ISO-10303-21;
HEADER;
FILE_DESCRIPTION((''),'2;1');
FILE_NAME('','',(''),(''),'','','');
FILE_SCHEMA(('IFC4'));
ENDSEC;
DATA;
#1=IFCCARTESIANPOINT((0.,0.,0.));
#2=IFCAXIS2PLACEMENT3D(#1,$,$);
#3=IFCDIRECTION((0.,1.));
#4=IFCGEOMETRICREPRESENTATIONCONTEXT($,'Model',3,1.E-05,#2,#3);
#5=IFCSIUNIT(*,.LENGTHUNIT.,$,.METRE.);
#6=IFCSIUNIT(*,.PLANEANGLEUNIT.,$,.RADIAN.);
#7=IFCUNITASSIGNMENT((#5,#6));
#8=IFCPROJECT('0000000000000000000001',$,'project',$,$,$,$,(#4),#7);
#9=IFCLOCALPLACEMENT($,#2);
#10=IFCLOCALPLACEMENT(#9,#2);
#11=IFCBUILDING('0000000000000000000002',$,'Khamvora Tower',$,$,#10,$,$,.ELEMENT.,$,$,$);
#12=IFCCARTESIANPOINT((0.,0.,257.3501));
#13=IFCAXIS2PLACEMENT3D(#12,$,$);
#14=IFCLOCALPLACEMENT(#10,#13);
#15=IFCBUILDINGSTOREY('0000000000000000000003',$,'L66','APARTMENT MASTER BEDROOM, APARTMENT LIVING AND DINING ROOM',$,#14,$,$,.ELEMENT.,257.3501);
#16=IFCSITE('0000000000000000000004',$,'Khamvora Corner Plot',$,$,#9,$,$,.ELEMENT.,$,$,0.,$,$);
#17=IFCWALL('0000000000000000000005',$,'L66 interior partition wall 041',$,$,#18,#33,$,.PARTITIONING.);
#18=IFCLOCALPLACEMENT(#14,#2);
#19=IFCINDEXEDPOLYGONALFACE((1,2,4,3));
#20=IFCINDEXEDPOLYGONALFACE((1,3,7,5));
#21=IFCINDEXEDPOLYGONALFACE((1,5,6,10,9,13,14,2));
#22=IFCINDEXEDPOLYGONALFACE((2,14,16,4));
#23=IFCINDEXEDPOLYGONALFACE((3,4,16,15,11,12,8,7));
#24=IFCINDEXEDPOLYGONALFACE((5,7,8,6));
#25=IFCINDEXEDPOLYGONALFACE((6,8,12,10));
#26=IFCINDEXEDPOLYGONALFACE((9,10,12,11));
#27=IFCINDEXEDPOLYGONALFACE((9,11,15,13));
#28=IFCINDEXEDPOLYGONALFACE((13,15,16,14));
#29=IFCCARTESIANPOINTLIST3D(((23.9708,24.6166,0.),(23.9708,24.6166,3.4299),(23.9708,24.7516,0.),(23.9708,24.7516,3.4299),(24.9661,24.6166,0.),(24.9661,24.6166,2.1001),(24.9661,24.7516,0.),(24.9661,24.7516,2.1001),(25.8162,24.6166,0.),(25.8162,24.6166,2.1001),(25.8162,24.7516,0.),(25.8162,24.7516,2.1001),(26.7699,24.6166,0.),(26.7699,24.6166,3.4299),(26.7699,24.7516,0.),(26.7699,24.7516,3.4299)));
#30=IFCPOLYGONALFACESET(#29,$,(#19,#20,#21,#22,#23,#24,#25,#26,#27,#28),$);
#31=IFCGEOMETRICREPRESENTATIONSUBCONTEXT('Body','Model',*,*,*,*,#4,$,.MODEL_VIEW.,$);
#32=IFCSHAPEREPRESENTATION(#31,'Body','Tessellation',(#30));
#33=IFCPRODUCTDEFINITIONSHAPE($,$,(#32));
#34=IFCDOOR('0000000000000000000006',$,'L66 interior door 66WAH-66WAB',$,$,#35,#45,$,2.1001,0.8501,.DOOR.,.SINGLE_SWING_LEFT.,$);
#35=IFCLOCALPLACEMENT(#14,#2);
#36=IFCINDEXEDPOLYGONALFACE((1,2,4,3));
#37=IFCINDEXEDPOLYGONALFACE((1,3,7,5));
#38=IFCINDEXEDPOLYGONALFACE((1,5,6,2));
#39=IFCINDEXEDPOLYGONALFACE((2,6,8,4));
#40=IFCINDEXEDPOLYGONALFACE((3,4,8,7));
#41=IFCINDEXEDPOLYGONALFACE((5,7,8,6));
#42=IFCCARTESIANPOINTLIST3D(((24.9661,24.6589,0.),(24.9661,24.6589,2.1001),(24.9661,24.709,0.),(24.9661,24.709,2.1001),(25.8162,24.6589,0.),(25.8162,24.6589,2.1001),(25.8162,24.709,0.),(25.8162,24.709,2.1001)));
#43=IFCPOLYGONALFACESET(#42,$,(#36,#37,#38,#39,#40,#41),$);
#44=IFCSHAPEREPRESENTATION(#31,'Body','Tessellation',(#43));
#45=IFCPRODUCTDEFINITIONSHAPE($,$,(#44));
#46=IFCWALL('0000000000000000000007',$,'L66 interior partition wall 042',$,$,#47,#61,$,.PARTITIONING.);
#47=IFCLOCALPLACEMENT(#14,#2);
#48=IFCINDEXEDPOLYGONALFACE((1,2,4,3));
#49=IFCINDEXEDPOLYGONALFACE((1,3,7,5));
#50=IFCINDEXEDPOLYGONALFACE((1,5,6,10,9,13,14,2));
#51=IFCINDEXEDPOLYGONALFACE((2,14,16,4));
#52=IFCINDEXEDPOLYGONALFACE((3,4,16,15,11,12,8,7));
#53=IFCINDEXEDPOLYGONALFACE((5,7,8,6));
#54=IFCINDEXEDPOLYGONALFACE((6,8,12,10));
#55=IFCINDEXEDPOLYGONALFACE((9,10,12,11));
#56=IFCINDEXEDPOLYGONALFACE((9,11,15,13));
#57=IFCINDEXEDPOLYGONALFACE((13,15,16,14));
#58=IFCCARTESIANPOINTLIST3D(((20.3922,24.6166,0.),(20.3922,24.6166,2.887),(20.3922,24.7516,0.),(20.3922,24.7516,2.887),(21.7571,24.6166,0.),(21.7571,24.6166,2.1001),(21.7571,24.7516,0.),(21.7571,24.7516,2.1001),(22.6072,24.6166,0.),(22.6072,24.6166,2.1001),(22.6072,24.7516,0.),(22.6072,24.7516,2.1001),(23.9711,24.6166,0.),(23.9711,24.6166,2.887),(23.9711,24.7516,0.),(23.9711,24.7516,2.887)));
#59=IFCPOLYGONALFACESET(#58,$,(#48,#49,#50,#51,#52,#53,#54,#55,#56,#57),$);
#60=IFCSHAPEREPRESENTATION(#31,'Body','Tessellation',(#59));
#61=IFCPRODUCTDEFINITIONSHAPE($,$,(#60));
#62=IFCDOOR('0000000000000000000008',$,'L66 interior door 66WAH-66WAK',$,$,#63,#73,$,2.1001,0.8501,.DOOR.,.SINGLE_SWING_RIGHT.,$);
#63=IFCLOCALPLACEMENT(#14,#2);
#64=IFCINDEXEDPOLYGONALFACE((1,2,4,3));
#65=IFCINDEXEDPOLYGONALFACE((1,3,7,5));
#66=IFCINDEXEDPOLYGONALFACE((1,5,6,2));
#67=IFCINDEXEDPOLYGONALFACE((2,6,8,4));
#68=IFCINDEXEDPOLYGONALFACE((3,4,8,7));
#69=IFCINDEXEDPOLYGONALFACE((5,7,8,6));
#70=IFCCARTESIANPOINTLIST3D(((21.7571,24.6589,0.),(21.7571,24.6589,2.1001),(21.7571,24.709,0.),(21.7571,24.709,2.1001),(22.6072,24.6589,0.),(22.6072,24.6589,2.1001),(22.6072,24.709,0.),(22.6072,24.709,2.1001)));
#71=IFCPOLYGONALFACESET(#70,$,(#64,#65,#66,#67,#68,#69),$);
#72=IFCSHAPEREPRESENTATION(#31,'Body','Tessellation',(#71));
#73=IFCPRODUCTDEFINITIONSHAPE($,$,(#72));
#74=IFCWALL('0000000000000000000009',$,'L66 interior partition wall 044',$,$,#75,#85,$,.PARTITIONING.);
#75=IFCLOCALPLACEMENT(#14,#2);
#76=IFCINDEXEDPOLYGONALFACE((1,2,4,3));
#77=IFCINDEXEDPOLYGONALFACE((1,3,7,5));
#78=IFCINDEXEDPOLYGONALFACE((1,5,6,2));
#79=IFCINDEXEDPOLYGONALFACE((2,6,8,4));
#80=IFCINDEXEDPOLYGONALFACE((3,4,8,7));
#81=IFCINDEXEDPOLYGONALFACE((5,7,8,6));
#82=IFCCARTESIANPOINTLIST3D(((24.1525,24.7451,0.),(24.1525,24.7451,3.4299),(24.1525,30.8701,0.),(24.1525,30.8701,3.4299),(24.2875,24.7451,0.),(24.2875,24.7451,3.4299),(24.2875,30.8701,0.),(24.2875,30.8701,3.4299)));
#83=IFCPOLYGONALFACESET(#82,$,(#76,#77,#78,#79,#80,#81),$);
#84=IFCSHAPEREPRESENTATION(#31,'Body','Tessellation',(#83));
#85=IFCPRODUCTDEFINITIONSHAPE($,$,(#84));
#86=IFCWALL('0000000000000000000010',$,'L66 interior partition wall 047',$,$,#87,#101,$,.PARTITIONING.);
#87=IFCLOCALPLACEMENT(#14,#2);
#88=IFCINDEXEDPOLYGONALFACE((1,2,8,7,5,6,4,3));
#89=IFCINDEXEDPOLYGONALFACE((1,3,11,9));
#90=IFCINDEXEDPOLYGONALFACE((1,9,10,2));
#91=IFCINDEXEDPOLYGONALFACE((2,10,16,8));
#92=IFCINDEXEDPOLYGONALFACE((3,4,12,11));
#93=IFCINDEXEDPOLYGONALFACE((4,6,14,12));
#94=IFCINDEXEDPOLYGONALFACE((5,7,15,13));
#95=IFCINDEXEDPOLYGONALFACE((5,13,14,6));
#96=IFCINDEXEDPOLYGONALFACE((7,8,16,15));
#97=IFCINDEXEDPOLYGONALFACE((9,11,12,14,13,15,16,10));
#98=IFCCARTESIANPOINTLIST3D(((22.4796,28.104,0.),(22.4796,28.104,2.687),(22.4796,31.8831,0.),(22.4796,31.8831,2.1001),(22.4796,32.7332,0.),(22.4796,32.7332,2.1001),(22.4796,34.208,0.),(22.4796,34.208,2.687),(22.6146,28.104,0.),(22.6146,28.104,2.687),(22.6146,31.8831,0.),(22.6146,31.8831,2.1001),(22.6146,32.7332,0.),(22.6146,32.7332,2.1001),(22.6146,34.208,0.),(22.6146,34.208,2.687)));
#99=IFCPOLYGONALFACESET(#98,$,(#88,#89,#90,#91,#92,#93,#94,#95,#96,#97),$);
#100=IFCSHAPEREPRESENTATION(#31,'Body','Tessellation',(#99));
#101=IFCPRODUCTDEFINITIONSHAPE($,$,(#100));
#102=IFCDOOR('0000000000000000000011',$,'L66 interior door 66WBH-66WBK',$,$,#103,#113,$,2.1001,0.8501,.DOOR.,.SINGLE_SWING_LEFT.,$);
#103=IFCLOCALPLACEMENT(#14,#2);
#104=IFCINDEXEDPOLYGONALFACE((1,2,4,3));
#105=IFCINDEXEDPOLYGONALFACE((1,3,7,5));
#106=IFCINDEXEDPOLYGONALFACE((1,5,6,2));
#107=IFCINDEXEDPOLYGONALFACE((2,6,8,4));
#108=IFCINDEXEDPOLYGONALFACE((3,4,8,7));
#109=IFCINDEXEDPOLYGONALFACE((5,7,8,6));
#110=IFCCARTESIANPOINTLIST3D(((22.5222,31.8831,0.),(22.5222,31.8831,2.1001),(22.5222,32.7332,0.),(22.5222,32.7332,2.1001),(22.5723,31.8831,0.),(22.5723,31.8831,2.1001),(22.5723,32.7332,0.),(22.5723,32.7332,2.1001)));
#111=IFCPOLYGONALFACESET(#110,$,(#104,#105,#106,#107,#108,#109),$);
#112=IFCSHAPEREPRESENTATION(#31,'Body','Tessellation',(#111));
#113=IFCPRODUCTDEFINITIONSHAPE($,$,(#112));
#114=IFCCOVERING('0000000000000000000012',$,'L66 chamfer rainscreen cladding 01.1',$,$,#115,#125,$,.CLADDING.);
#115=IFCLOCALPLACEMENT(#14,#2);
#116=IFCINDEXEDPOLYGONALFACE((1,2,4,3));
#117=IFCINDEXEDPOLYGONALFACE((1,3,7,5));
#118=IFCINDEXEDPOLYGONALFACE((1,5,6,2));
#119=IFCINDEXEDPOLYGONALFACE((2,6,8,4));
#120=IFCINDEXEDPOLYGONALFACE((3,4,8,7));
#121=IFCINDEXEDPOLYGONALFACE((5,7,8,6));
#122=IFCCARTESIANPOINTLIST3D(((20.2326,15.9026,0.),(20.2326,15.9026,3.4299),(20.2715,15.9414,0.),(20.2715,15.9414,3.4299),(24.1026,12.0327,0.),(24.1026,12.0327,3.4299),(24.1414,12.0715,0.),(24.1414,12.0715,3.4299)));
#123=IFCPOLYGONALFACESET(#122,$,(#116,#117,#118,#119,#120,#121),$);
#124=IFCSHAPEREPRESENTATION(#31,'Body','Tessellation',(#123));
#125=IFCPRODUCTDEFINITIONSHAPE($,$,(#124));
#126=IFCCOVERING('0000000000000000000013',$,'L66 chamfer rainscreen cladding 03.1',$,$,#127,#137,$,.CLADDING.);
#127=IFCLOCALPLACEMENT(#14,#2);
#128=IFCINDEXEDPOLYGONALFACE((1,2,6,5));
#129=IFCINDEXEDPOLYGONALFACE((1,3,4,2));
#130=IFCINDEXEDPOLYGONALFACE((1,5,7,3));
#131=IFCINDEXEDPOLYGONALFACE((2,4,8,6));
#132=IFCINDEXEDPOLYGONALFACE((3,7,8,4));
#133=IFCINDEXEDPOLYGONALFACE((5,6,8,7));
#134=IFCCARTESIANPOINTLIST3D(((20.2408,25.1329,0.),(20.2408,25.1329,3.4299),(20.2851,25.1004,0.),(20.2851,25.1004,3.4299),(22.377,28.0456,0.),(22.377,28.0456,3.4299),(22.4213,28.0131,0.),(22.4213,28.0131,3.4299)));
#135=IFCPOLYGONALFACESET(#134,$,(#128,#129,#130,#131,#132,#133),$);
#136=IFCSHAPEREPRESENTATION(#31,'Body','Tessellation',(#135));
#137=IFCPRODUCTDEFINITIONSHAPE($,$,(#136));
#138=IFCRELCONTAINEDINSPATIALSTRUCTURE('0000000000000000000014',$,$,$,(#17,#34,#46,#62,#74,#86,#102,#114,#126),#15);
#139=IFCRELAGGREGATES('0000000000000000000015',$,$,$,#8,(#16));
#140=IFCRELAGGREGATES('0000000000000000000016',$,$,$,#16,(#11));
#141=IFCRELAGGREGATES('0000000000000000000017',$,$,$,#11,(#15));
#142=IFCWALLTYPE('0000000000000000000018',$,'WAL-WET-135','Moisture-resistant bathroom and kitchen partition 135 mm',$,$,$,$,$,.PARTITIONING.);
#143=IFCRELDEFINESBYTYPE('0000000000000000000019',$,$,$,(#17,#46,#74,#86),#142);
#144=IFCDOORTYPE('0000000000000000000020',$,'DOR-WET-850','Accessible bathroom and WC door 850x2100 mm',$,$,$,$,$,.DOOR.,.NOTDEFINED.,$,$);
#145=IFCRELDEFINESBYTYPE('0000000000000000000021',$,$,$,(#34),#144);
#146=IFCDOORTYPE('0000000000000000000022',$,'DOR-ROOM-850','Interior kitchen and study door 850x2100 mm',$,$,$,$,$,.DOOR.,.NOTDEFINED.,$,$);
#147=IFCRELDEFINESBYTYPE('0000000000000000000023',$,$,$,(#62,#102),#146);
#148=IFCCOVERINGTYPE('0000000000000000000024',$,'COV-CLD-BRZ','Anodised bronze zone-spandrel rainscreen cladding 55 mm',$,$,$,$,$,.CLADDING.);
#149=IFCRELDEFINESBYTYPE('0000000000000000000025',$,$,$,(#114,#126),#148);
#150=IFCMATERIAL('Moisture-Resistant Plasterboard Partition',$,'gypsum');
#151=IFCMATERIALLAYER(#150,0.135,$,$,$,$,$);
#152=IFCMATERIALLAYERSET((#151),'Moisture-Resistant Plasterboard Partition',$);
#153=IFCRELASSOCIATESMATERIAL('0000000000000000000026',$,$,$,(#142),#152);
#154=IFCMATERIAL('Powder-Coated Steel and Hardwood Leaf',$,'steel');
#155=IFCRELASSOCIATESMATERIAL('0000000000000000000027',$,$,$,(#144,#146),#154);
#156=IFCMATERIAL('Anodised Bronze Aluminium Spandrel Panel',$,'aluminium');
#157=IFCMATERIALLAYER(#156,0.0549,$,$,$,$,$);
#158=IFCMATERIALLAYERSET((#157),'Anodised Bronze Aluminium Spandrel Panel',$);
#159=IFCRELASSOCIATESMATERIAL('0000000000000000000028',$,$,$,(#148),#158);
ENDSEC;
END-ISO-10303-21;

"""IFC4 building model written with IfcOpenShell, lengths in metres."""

from ifc_helpers import new_model, si_unit, direction, frame, frame_2d, origin, origin_2d, place, context, subcontext, project, spatial, rectangle, extrude, material, layer, layer_set, type_object, element, fill, save


model = new_model("IFC4")

# Units and contexts
model_context = context("Model", 3, precision=1e-05, world=origin(), true_north=direction((0.0, 1.0)))
body_context = subcontext(model_context, "Body", "Model", "MODEL_VIEW")
ifc_project = project(units=[si_unit("LENGTHUNIT", "METRE"), si_unit("PLANEANGLEUNIT", "RADIAN")], contexts=[model_context])

# Site, building, storey
site_placement = place(None, origin())
site = spatial("IfcSite", under=ifc_project, at=site_placement, Name="Khamvora Corner Plot", CompositionType="ELEMENT", RefElevation=0.0)
building_placement = place(site_placement, origin())
building = spatial("IfcBuilding", under=site, at=building_placement, Name="Khamvora Tower", CompositionType="ELEMENT")
storey_placement = place(building_placement, frame((0.0, 0.0, 257.3501)))
storey = spatial("IfcBuildingStorey", under=building, at=storey_placement, Name="L66", Description="APARTMENT MASTER BEDROOM, APARTMENT LIVING AND DINING ROOM", CompositionType="ELEMENT", Elevation=257.3501)

# Walls, openings, doors
ifc_material_1 = material(Name="Powder-Coated Steel and Hardwood Leaf", Category="steel")
ifc_material_2 = material(Name="Moisture-Resistant Plasterboard Partition", Category="gypsum")
ifc_layer_1 = layer(ifc_material_2, 0.135)
ifc_layer_set_1 = layer_set([ifc_layer_1], Name="Moisture-Resistant Plasterboard Partition")
wall_type_1 = type_object("IfcWallType", Name="WAL-WET-135", Description="Moisture-resistant bathroom and kitchen partition 135 mm", PredefinedType="PARTITIONING", material=ifc_layer_set_1)
wall_1_placement = place(storey_placement, frame((23.9709, 24.6841, 0.0), z_axis=(0.0, 0.0, 1.0), x_axis=(1.0, 0.0, 0.0)))
wall_1 = element("IfcWall", 1, at=wall_1_placement, inside=storey, type_object=wall_type_1, Name="L66 interior partition wall 041", PredefinedType="PARTITIONING", context=body_context, shape_type="SweptSolid", body=[
    extrude(rectangle(XDim=2.7991, YDim=0.135, at=frame_2d((1.3994, 0.0))), origin(), (0.0, 0.0, 1.0), 3.4299),
])
opening_1_placement = place(wall_1_placement, frame((0.9951, 0.0, 0.0)))
opening_1 = element("IfcOpeningElement", 2, at=opening_1_placement, cuts=wall_1, PredefinedType="OPENING", context=body_context, shape_type="SweptSolid", body=[
    extrude(rectangle(XDim=0.8501, YDim=2.1001, at=frame_2d((0.425, 1.05))), frame((0.0, 0.0774, 0.0), z_axis=(0.0, -1.0, 0.0), x_axis=(1.0, 0.0, 0.0)), (0.0, 0.0, 1.0), 0.155),
])
door_type_1 = type_object("IfcDoorType", Name="DOR-WET-850", Description="Accessible bathroom and WC door 850x2100 mm", OperationType="NOTDEFINED", PredefinedType="DOOR", material=ifc_material_1)
door_1_placement = place(opening_1_placement, origin())
door_1 = element("IfcDoor", 3, at=door_1_placement, inside=storey, type_object=door_type_1, Name="L66 interior door 66WAH-66WAB", OperationType="SINGLE_SWING_LEFT", OverallHeight=2.1001, OverallWidth=0.8501, PredefinedType="DOOR", context=body_context, shape_type="SweptSolid", body=[
    extrude(rectangle(XDim=0.8501, YDim=2.1001, at=frame_2d((0.425, 1.05))), frame((0.0, 0.0249, 0.0), z_axis=(0.0, -1.0, 0.0), x_axis=(1.0, 0.0, 0.0)), (0.0, 0.0, 1.0), 0.05),
])
fill(opening_1, door_1)
wall_2_placement = place(storey_placement, frame((20.3921, 24.6841, 0.0), z_axis=(0.0, 0.0, 1.0), x_axis=(1.0, 0.0, 0.0)))
wall_2 = element("IfcWall", 4, at=wall_2_placement, inside=storey, type_object=wall_type_1, Name="L66 interior partition wall 042", PredefinedType="PARTITIONING", context=body_context, shape_type="SweptSolid", body=[
    extrude(rectangle(XDim=3.5789, YDim=0.135, at=frame_2d((1.7896, 0.0))), origin(), (0.0, 0.0, 1.0), 2.887),
])
opening_2_placement = place(wall_2_placement, frame((1.365, 0.0, 0.0)))
opening_2 = element("IfcOpeningElement", 5, at=opening_2_placement, cuts=wall_2, PredefinedType="OPENING", context=body_context, shape_type="SweptSolid", body=[
    extrude(rectangle(XDim=0.8501, YDim=2.1001, at=frame_2d((0.425, 1.05))), frame((0.0, 0.0774, 0.0), z_axis=(0.0, -1.0, 0.0), x_axis=(1.0, 0.0, 0.0)), (0.0, 0.0, 1.0), 0.155),
])
door_type_2 = type_object("IfcDoorType", Name="DOR-ROOM-850", Description="Interior kitchen and study door 850x2100 mm", OperationType="NOTDEFINED", PredefinedType="DOOR", material=ifc_material_1)
door_2_placement = place(opening_2_placement, origin())
door_2 = element("IfcDoor", 6, at=door_2_placement, inside=storey, type_object=door_type_2, Name="L66 interior door 66WAH-66WAK", OperationType="SINGLE_SWING_RIGHT", OverallHeight=2.1001, OverallWidth=0.8501, PredefinedType="DOOR", context=body_context, shape_type="SweptSolid", body=[
    extrude(rectangle(XDim=0.8501, YDim=2.1001, at=frame_2d((0.425, 1.05))), frame((0.0, 0.0249, 0.0), z_axis=(0.0, -1.0, 0.0), x_axis=(1.0, 0.0, 0.0)), (0.0, 0.0, 1.0), 0.05),
])
fill(opening_2, door_2)

# Wall
wall_3_placement = place(storey_placement, frame((24.22, 24.7451, 0.0), z_axis=(0.0, 0.0, 1.0), x_axis=(0.0, 1.0, 0.0)))
element("IfcWall", 7, at=wall_3_placement, inside=storey, type_object=wall_type_1, Name="L66 interior partition wall 044", PredefinedType="PARTITIONING", context=body_context, shape_type="SweptSolid", body=[
    extrude(rectangle(XDim=6.125, YDim=0.135, at=frame_2d((3.0625, 0.0))), origin(), (0.0, 0.0, 1.0), 3.4299),
])

# Wall, opening, door
wall_4_placement = place(storey_placement, frame((22.5471, 28.104, 0.0), z_axis=(0.0, 0.0, 1.0), x_axis=(0.0, 1.0, 0.0)))
wall_4 = element("IfcWall", 8, at=wall_4_placement, inside=storey, type_object=wall_type_1, Name="L66 interior partition wall 047", PredefinedType="PARTITIONING", context=body_context, shape_type="SweptSolid", body=[
    extrude(rectangle(XDim=6.104, YDim=0.135, at=frame_2d((3.052, 0.0))), origin(), (0.0, 0.0, 1.0), 2.687),
])
opening_3_placement = place(wall_4_placement, frame((3.7791, 0.0, 0.0)))
opening_3 = element("IfcOpeningElement", 9, at=opening_3_placement, cuts=wall_4, PredefinedType="OPENING", context=body_context, shape_type="SweptSolid", body=[
    extrude(rectangle(XDim=0.8501, YDim=2.1001, at=frame_2d((0.425, 1.05))), frame((0.0, 0.0774, 0.0), z_axis=(0.0, -1.0, 0.0), x_axis=(1.0, 0.0, 0.0)), (0.0, 0.0, 1.0), 0.155),
])
door_3_placement = place(opening_3_placement, origin())
door_3 = element("IfcDoor", 10, at=door_3_placement, inside=storey, type_object=door_type_2, Name="L66 interior door 66WBH-66WBK", OperationType="SINGLE_SWING_LEFT", OverallHeight=2.1001, OverallWidth=0.8501, PredefinedType="DOOR", context=body_context, shape_type="SweptSolid", body=[
    extrude(rectangle(XDim=0.8501, YDim=2.1001, at=frame_2d((0.425, 1.05))), frame((0.0, 0.0249, 0.0), z_axis=(0.0, -1.0, 0.0), x_axis=(1.0, 0.0, 0.0)), (0.0, 0.0, 1.0), 0.05),
])
fill(opening_3, door_3)

# Coverings
ifc_material_3 = material(Name="Anodised Bronze Aluminium Spandrel Panel", Category="aluminium")
ifc_layer_2 = layer(ifc_material_3, 0.0549)
ifc_layer_set_2 = layer_set([ifc_layer_2], Name="Anodised Bronze Aluminium Spandrel Panel")
covering_type = type_object("IfcCoveringType", Name="COV-CLD-BRZ", Description="Anodised bronze zone-spandrel rainscreen cladding 55 mm", PredefinedType="CLADDING", material=ifc_layer_set_2)
covering_1_placement = place(storey_placement, frame((22.187, 13.9871, 0.0), z_axis=(0.0, 0.0, 1.0), x_axis=(-0.707107, 0.707107, 0.0)))
element("IfcCovering", 11, at=covering_1_placement, inside=storey, type_object=covering_type, Name="L66 chamfer rainscreen cladding 01.1", PredefinedType="CLADDING", context=body_context, shape_type="SweptSolid", body=[
    extrude(rectangle(XDim=5.4729, YDim=0.0549, at=origin_2d()), origin(), (0.0, 0.0, 1.0), 3.4299),
])
covering_2_placement = place(storey_placement, frame((21.3311, 26.573, 0.0), z_axis=(0.0, 0.0, 1.0), x_axis=(0.591387, 0.806388, 0.0)))
element("IfcCovering", 12, at=covering_2_placement, inside=storey, type_object=covering_type, Name="L66 chamfer rainscreen cladding 03.1", PredefinedType="CLADDING", context=body_context, shape_type="SweptSolid", body=[
    extrude(rectangle(XDim=3.6121, YDim=0.0549, at=origin_2d()), origin(), (0.0, 0.0, 1.0), 3.4299),
])

save(model, "model.ifc")
